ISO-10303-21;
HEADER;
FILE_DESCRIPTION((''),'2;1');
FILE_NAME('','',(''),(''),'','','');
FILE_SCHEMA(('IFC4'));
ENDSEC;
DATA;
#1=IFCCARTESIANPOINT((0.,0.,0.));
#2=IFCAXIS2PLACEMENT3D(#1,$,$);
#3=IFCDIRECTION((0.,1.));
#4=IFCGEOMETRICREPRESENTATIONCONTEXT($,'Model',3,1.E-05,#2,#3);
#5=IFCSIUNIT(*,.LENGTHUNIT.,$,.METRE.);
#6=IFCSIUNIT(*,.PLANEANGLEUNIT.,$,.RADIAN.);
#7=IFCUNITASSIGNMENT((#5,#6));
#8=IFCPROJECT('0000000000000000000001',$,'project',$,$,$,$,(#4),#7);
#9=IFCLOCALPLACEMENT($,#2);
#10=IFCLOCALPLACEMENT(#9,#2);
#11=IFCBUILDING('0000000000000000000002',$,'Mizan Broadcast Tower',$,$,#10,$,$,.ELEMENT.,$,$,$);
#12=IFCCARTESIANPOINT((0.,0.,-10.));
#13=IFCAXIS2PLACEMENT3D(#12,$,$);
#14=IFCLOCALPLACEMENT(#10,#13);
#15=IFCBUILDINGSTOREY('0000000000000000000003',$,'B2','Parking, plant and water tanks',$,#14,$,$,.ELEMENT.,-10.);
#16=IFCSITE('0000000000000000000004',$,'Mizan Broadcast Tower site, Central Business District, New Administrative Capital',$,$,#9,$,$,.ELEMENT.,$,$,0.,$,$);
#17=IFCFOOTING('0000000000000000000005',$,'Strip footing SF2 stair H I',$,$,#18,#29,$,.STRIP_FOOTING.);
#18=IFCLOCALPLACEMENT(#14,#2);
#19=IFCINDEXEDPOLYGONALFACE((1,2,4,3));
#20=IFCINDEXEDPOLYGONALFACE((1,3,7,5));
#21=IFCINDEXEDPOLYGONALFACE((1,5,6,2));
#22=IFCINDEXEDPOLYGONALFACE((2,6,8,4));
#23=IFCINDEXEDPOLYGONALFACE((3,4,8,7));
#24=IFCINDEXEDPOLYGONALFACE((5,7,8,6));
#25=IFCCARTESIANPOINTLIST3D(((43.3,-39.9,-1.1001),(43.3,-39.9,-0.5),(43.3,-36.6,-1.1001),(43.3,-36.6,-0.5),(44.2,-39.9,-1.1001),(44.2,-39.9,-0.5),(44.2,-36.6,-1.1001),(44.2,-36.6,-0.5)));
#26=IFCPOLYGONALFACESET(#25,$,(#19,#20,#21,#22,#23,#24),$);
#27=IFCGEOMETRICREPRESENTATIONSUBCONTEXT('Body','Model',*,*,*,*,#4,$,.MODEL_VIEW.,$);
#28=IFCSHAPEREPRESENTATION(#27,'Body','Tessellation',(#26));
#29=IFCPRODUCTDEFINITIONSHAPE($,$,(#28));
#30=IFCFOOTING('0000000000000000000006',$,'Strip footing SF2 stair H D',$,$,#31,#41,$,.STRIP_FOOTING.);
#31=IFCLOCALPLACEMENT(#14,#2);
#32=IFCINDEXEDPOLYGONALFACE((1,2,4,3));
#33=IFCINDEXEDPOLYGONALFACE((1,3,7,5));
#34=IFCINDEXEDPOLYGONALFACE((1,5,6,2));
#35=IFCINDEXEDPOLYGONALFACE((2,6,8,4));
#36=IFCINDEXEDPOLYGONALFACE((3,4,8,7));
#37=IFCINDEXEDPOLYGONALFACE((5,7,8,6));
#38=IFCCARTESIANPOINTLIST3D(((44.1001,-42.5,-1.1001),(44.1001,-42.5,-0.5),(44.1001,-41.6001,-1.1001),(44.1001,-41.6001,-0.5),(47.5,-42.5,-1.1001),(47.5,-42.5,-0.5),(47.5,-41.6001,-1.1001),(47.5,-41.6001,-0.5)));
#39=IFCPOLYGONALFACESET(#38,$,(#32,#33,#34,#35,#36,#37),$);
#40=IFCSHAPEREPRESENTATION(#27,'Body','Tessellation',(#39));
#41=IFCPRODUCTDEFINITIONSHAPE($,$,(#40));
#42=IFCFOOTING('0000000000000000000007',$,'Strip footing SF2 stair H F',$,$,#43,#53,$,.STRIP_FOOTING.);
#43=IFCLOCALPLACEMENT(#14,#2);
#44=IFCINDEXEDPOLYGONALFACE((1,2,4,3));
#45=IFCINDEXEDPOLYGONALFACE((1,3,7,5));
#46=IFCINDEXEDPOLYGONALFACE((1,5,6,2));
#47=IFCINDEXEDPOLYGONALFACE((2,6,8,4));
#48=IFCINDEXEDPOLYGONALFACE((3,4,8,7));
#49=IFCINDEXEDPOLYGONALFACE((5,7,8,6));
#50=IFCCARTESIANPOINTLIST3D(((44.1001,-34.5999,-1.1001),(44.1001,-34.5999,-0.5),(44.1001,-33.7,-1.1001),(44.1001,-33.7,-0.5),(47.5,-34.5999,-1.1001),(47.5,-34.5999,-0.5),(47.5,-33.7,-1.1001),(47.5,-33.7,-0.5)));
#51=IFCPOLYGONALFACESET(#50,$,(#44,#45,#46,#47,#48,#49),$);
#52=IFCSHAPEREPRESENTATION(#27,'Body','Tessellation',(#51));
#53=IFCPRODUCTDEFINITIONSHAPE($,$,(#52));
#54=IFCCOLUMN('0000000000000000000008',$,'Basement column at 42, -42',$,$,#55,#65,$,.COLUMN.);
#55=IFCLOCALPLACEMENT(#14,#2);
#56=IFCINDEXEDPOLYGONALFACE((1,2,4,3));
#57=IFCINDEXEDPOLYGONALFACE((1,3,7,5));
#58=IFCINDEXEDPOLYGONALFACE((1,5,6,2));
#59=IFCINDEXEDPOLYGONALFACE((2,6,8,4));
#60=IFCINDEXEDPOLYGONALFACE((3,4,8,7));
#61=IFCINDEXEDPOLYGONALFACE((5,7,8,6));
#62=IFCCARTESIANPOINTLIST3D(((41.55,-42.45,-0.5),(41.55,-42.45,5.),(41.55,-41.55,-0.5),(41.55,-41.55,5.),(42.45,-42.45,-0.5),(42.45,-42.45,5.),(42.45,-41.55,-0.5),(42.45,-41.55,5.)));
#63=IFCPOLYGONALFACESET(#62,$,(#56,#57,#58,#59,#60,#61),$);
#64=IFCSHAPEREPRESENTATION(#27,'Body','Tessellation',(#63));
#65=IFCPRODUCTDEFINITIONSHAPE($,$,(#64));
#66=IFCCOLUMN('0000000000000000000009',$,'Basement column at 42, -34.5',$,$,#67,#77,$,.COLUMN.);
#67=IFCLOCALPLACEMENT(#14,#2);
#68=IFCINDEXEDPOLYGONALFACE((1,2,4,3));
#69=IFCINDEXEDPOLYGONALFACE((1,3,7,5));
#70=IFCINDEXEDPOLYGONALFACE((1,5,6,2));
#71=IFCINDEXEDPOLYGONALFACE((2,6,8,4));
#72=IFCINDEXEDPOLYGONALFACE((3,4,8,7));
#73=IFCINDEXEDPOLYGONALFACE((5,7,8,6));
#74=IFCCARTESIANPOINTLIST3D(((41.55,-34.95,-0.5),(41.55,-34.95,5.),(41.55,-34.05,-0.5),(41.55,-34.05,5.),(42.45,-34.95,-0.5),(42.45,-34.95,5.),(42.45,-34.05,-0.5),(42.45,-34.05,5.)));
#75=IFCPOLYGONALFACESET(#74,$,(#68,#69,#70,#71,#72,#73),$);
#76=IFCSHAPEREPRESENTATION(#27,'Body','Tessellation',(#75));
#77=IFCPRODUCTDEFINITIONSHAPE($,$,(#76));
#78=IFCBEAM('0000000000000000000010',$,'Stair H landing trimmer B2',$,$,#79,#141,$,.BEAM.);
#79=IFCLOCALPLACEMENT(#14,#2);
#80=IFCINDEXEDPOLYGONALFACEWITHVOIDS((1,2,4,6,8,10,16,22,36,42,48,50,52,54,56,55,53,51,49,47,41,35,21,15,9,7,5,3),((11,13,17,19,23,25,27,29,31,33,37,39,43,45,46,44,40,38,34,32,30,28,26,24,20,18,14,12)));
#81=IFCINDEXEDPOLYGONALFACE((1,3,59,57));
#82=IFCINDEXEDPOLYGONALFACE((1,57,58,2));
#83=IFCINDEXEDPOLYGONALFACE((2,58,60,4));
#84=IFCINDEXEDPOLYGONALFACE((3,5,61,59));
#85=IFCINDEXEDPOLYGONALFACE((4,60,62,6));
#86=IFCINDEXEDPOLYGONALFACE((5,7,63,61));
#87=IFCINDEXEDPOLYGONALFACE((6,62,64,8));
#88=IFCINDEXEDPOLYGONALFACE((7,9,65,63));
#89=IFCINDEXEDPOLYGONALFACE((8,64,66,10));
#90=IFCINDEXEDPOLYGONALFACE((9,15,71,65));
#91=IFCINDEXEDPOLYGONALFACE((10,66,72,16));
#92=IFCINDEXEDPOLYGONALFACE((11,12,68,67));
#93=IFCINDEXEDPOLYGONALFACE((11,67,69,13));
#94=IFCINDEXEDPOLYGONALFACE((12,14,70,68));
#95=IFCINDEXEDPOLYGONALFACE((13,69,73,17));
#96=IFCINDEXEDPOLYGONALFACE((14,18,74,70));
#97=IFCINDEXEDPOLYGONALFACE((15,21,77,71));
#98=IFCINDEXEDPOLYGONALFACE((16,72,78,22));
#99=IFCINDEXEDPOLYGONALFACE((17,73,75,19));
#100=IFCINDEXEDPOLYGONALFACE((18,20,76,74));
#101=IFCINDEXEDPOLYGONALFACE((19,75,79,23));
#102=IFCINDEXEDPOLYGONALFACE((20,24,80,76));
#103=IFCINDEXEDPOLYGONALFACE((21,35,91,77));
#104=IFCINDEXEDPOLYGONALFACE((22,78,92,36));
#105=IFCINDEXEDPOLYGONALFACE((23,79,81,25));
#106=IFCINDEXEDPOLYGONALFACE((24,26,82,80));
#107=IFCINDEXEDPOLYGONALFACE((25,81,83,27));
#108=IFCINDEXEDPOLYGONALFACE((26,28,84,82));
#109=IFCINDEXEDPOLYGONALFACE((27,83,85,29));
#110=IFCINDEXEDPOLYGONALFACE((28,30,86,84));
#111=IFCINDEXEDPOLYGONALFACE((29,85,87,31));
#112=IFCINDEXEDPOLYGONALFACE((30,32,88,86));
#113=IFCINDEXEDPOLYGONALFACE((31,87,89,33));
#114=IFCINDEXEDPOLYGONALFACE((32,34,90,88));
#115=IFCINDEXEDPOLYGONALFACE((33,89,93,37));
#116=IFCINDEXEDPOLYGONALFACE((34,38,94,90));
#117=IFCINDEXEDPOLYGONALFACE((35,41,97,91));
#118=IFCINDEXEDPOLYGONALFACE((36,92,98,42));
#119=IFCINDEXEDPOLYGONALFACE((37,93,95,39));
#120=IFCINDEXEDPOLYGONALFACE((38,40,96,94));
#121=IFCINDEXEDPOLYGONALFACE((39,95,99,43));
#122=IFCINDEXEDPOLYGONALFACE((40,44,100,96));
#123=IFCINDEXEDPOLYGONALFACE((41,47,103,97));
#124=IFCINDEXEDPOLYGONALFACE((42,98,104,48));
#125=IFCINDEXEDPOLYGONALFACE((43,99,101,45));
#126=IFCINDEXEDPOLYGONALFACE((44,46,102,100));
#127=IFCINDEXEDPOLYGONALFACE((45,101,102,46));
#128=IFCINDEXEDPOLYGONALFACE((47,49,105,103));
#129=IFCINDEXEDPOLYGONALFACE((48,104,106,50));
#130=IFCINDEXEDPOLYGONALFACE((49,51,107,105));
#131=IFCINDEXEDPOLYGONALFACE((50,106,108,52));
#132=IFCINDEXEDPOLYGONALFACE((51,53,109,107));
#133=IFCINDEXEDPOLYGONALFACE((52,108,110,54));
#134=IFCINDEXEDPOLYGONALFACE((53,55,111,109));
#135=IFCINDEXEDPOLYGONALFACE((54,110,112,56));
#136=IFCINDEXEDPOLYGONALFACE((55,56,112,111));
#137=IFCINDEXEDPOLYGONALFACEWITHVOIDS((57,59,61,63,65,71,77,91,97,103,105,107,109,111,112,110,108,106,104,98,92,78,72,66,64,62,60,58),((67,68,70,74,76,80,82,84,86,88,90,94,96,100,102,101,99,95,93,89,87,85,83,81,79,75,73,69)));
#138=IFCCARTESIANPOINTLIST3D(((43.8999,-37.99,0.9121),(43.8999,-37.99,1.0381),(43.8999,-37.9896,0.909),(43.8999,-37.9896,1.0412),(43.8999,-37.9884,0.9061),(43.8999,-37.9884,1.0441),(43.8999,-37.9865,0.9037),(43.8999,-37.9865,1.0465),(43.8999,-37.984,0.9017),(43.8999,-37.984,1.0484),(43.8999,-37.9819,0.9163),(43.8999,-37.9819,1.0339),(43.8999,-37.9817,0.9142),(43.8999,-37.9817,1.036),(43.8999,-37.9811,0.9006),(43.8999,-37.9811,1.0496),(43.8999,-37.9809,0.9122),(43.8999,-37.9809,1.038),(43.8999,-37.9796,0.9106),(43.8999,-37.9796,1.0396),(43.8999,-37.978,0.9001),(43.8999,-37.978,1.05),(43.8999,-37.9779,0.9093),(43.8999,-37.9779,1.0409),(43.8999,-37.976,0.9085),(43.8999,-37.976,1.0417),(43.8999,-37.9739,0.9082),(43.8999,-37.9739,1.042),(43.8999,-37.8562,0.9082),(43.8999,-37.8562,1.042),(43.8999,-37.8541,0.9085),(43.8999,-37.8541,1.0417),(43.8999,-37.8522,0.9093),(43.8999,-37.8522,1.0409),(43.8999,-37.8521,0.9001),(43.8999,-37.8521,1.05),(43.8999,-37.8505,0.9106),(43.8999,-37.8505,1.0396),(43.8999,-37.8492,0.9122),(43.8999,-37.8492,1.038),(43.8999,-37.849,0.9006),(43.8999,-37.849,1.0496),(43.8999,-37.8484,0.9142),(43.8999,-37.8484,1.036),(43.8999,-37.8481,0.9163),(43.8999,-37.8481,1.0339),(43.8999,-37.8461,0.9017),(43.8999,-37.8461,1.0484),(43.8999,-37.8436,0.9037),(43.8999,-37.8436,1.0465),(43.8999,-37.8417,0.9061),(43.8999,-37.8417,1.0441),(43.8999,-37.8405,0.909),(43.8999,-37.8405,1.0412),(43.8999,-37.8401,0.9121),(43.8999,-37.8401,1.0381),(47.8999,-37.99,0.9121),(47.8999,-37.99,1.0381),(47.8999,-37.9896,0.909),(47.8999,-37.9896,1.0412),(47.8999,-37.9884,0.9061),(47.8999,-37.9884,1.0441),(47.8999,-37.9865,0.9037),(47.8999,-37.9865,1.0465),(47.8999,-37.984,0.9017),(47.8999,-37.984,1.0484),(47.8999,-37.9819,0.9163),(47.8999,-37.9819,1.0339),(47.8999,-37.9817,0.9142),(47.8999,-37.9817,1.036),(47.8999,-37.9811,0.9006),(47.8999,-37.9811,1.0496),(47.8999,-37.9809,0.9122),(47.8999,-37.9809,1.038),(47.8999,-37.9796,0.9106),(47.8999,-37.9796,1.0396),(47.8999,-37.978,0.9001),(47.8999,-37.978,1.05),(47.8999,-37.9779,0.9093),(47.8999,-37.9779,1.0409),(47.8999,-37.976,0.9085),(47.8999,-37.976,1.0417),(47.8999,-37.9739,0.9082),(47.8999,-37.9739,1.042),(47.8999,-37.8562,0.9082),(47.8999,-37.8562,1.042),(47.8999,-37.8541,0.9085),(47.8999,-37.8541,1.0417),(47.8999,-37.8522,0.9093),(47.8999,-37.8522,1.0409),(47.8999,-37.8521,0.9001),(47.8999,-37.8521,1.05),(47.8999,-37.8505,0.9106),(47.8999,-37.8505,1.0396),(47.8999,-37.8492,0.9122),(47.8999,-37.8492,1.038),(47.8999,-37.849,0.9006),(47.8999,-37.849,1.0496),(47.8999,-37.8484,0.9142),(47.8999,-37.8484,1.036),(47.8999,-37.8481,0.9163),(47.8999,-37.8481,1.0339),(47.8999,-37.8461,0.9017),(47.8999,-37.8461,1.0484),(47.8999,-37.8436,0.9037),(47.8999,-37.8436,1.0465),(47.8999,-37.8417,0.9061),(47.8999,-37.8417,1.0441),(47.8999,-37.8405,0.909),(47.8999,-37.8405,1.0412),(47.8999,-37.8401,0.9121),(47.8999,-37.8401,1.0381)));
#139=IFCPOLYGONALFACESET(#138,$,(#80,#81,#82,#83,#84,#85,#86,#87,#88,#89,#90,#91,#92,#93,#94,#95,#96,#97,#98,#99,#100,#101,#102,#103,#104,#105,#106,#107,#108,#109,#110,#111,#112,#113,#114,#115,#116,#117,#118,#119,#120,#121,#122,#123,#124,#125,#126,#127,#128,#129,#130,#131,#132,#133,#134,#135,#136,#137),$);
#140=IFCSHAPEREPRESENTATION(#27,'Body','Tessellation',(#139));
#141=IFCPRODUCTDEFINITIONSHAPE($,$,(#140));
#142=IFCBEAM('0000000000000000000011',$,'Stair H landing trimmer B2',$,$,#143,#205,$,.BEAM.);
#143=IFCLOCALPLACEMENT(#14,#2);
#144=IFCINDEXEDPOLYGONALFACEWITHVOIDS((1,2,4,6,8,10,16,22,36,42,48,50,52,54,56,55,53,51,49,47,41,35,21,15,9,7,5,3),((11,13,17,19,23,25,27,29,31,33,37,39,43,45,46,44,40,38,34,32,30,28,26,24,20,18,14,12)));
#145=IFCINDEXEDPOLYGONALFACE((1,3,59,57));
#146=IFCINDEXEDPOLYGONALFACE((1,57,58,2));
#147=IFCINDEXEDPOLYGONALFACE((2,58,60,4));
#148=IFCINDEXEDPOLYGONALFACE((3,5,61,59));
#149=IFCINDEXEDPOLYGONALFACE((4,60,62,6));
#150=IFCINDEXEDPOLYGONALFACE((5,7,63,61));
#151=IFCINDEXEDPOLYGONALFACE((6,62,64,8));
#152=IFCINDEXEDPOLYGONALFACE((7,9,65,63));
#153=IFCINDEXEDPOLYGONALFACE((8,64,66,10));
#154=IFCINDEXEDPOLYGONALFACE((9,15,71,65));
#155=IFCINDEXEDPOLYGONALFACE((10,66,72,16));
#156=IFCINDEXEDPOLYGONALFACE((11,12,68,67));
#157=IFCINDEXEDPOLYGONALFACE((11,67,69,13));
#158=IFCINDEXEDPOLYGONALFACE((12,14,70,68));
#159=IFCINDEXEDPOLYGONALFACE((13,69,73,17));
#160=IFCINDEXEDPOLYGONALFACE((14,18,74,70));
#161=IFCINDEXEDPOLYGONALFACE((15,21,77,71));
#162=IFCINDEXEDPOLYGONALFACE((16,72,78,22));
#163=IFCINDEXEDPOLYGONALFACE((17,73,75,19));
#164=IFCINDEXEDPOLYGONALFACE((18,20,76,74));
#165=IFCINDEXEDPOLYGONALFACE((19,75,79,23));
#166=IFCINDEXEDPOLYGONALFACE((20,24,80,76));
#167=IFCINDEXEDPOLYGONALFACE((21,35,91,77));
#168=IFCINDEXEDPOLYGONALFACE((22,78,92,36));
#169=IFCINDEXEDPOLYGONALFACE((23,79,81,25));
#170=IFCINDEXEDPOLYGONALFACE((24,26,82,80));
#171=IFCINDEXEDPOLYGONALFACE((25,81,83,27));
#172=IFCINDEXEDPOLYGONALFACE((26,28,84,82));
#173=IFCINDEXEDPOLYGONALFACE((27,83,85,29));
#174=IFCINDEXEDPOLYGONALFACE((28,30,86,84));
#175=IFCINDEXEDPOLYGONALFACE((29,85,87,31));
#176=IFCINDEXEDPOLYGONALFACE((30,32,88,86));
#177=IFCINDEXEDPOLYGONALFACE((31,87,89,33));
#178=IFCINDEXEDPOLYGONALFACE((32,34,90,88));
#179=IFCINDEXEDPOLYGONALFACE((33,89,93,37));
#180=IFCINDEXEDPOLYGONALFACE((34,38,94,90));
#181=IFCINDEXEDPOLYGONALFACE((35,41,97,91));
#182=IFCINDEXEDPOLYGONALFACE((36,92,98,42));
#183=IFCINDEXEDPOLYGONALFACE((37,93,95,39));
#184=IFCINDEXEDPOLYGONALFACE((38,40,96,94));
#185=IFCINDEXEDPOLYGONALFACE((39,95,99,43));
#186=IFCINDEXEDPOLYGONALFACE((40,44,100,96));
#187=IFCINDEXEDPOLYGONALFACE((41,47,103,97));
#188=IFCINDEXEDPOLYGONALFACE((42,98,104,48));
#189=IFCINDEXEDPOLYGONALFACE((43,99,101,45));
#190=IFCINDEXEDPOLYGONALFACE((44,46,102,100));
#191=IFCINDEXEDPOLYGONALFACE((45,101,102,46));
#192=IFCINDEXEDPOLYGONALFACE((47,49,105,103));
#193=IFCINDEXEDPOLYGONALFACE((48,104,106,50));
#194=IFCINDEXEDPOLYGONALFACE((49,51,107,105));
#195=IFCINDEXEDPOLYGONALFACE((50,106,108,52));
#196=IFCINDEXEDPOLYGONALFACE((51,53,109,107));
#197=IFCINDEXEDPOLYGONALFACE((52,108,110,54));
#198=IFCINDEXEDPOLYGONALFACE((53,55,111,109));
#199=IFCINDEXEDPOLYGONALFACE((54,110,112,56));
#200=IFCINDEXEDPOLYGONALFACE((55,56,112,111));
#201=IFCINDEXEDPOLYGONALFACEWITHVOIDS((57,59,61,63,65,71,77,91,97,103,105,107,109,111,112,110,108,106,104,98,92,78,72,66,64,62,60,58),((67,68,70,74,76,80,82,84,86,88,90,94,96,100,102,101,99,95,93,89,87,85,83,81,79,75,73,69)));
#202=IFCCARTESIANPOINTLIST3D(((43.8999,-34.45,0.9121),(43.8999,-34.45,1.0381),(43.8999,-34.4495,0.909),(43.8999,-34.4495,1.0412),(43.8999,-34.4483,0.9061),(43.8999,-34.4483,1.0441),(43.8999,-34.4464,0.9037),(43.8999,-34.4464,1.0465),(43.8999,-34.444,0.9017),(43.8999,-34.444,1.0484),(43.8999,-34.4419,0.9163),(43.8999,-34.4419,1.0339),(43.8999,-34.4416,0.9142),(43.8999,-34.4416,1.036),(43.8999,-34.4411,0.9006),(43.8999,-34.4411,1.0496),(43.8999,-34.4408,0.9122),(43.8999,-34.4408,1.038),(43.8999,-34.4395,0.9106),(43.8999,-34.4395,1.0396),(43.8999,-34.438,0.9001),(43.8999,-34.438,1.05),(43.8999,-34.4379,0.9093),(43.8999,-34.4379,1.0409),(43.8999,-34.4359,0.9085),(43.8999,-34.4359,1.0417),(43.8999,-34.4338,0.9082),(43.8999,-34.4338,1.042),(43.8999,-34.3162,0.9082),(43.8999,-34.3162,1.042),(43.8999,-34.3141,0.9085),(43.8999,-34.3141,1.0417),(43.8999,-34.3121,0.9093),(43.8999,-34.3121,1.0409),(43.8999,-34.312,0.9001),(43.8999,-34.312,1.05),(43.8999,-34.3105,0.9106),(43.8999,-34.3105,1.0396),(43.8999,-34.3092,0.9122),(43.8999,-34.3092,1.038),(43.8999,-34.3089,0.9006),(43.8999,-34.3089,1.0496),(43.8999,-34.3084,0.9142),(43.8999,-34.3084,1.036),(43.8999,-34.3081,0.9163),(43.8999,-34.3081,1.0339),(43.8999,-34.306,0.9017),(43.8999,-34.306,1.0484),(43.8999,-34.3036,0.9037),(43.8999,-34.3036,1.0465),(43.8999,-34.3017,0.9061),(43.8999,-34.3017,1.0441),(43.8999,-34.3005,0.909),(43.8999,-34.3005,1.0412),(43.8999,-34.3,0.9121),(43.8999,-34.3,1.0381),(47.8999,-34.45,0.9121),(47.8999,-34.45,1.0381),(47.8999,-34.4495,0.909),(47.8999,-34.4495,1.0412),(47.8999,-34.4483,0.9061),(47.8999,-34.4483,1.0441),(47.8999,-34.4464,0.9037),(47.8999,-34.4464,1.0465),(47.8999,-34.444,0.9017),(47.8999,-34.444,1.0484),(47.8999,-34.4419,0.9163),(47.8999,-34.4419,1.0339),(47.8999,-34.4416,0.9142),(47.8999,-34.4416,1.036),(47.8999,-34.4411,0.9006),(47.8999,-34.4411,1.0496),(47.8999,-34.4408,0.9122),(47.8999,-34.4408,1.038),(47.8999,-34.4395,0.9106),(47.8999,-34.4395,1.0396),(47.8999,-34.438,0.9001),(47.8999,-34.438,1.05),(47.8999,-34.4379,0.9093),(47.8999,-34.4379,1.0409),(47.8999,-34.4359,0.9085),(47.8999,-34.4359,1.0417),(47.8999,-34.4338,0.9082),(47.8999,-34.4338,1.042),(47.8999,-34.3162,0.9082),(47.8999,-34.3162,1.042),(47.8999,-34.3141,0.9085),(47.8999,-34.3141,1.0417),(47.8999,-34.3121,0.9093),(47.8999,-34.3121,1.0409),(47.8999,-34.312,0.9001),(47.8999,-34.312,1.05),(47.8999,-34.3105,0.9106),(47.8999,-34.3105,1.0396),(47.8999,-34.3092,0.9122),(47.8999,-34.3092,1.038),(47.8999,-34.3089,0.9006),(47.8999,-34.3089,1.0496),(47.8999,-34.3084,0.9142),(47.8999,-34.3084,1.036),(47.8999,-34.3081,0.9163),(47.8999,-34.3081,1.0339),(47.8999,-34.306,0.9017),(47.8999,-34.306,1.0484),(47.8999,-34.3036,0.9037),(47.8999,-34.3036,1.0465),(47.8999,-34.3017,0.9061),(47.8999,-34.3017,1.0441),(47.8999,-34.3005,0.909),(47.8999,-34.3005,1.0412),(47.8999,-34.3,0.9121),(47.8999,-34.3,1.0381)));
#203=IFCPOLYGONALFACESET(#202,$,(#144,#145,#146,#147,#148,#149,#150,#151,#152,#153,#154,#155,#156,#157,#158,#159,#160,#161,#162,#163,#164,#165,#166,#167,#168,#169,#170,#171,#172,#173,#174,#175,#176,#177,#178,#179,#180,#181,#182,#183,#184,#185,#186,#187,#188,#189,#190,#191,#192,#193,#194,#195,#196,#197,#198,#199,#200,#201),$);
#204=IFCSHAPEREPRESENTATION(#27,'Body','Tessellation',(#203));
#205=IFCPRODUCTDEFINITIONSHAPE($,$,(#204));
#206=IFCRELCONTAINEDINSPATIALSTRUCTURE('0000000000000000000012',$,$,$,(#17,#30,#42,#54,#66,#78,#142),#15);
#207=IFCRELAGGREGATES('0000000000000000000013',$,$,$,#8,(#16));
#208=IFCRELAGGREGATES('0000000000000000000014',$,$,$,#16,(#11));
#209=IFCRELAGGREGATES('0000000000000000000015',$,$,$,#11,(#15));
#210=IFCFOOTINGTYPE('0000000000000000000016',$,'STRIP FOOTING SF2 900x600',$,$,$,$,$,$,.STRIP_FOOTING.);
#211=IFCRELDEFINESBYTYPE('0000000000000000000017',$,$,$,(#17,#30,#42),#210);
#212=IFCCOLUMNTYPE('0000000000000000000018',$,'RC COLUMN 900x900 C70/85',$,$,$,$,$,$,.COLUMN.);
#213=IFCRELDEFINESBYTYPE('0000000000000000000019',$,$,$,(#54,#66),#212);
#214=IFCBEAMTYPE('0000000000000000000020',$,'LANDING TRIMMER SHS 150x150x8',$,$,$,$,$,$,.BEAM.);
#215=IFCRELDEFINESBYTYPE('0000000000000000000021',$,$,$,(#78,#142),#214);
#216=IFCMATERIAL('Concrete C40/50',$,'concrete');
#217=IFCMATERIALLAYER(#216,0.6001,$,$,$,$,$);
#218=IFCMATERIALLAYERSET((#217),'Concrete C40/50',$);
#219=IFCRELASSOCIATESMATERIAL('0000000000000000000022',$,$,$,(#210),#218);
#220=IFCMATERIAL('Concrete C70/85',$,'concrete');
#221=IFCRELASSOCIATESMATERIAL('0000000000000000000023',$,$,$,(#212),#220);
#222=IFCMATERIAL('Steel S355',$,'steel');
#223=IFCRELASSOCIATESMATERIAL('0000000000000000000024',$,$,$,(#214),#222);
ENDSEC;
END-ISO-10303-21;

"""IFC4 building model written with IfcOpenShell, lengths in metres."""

from ifc_helpers import new_model, si_unit, direction, frame, origin, origin_2d, place, context, subcontext, project, spatial, rectangle, hollow_rectangle, extrude, material, layer, layer_set, material_profile, profile_set, type_object, element, save


model = new_model("IFC4")

# Units and contexts
model_context = context("Model", 3, precision=1e-05, world=origin(), true_north=direction((0.0, 1.0)))
body_context = subcontext(model_context, "Body", "Model", "MODEL_VIEW")
ifc_project = project(units=[si_unit("LENGTHUNIT", "METRE"), si_unit("PLANEANGLEUNIT", "RADIAN")], contexts=[model_context])

# Site, building, storey
site_placement = place(None, origin())
site = spatial("IfcSite", under=ifc_project, at=site_placement, Name="Mizan Broadcast Tower site, Central Business District, New Administrative Capital", CompositionType="ELEMENT", RefElevation=0.0)
building_placement = place(site_placement, origin())
building = spatial("IfcBuilding", under=site, at=building_placement, Name="Mizan Broadcast Tower", CompositionType="ELEMENT")
storey_placement = place(building_placement, frame((0.0, 0.0, -10.0)))
storey = spatial("IfcBuildingStorey", under=building, at=storey_placement, Name="B2", Description="Parking, plant and water tanks", CompositionType="ELEMENT", Elevation=-10.0)

# Footings
ifc_material_1 = material(Name="Concrete C40/50", Category="concrete")
ifc_layer_1 = layer(ifc_material_1, 0.6001)
ifc_layer_set_1 = layer_set([ifc_layer_1], Name="Concrete C40/50")
footing_type_1 = type_object("IfcFootingType", Name="STRIP FOOTING SF2 900x600", PredefinedType="STRIP_FOOTING", material=ifc_layer_set_1)
footing_placement = place(storey_placement, frame((43.75, -38.25, -1.1001), z_axis=(0.0, 0.0, 1.0), x_axis=(1.0, 0.0, 0.0)))
element("IfcFooting", 1, at=footing_placement, inside=storey, type_object=footing_type_1, Name="Strip footing SF2 stair H I", PredefinedType="STRIP_FOOTING", context=body_context, shape_type="SweptSolid", body=[
    extrude(rectangle(XDim=0.8999, YDim=3.3, at=origin_2d()), origin(), (0.0, 0.0, 1.0), 0.6001),
])
for number, where, z_axis, x_axis, name in (
    (2, (45.8, -42.05, -1.1001), (0.0, 0.0, 1.0), (1.0, 0.0, 0.0), "Strip footing SF2 stair H D"),
    (3, (45.8, -34.1499, -1.1001), (0.0, 0.0, 1.0), (1.0, 0.0, 0.0), "Strip footing SF2 stair H F"),
):
    element("IfcFooting", number, at=place(storey_placement, frame(where, z_axis=z_axis, x_axis=x_axis)), inside=storey, type_object=footing_type_1, Name=name, PredefinedType="STRIP_FOOTING", context=body_context, shape_type="SweptSolid", body=[
        extrude(rectangle(XDim=3.3999, YDim=0.8999, at=origin_2d()), origin(), (0.0, 0.0, 1.0), 0.6001),
    ])

# Columns
ifc_material_2 = material(Name="Concrete C70/85", Category="concrete")
ifc_material_profile_1 = material_profile(ifc_material_2, rectangle(XDim=0.8999, YDim=0.8999, at=origin_2d()), Name="RC 900x900")
ifc_profile_set_1 = profile_set([ifc_material_profile_1], Name="Concrete C70/85")
column_type = type_object("IfcColumnType", Name="RC COLUMN 900x900 C70/85", PredefinedType="COLUMN", material=ifc_profile_set_1)
for number, where, z_axis, x_axis, name in (
    (4, (42.0, -42.0, -0.5), (0.0, 0.0, 1.0), (1.0, 0.0, 0.0), "Basement column at 42, -42"),
    (5, (42.0, -34.5, -0.5), (0.0, 0.0, 1.0), (1.0, 0.0, 0.0), "Basement column at 42, -34.5"),
):
    element("IfcColumn", number, at=place(storey_placement, frame(where, z_axis=z_axis, x_axis=x_axis)), inside=storey, type_object=column_type, Name=name, PredefinedType="COLUMN", context=body_context, shape_type="SweptSolid", body=[
        extrude(rectangle(XDim=0.8999, YDim=0.8999, at=origin_2d()), origin(), (0.0, 0.0, 1.0), 5.5),
    ])

# Beams
ifc_material_3 = material(Name="Steel S355", Category="steel")
ifc_material_profile_2 = material_profile(ifc_material_3, hollow_rectangle(XDim=0.1499, YDim=0.1499, WallThickness=0.0081, InnerFilletRadius=0.0081, OuterFilletRadius=0.012, at=origin_2d()), Name="SHS 150x150x8")
ifc_profile_set_2 = profile_set([ifc_material_profile_2], Name="Steel S355")
beam_type = type_object("IfcBeamType", Name="LANDING TRIMMER SHS 150x150x8", PredefinedType="BEAM", material=ifc_profile_set_2)
for number, where, z_axis, x_axis, name in (
    (6, (43.8999, -37.915, 0.9751), (1.0, 0.0, 0.0), (0.0, 1.0, 0.0), "Stair H landing trimmer B2"),
    (7, (43.8999, -34.375, 0.9751), (1.0, 0.0, 0.0), (0.0, 1.0, 0.0), "Stair H landing trimmer B2"),
):
    element("IfcBeam", number, at=place(storey_placement, frame(where, z_axis=z_axis, x_axis=x_axis)), inside=storey, type_object=beam_type, Name=name, PredefinedType="BEAM", context=body_context, shape_type="SweptSolid", body=[
        extrude(hollow_rectangle(XDim=0.1499, YDim=0.1499, WallThickness=0.0081, InnerFilletRadius=0.0081, OuterFilletRadius=0.012, at=origin_2d()), origin(), (0.0, 0.0, 1.0), 4.0),
    ])

save(model, "model.ifc")
